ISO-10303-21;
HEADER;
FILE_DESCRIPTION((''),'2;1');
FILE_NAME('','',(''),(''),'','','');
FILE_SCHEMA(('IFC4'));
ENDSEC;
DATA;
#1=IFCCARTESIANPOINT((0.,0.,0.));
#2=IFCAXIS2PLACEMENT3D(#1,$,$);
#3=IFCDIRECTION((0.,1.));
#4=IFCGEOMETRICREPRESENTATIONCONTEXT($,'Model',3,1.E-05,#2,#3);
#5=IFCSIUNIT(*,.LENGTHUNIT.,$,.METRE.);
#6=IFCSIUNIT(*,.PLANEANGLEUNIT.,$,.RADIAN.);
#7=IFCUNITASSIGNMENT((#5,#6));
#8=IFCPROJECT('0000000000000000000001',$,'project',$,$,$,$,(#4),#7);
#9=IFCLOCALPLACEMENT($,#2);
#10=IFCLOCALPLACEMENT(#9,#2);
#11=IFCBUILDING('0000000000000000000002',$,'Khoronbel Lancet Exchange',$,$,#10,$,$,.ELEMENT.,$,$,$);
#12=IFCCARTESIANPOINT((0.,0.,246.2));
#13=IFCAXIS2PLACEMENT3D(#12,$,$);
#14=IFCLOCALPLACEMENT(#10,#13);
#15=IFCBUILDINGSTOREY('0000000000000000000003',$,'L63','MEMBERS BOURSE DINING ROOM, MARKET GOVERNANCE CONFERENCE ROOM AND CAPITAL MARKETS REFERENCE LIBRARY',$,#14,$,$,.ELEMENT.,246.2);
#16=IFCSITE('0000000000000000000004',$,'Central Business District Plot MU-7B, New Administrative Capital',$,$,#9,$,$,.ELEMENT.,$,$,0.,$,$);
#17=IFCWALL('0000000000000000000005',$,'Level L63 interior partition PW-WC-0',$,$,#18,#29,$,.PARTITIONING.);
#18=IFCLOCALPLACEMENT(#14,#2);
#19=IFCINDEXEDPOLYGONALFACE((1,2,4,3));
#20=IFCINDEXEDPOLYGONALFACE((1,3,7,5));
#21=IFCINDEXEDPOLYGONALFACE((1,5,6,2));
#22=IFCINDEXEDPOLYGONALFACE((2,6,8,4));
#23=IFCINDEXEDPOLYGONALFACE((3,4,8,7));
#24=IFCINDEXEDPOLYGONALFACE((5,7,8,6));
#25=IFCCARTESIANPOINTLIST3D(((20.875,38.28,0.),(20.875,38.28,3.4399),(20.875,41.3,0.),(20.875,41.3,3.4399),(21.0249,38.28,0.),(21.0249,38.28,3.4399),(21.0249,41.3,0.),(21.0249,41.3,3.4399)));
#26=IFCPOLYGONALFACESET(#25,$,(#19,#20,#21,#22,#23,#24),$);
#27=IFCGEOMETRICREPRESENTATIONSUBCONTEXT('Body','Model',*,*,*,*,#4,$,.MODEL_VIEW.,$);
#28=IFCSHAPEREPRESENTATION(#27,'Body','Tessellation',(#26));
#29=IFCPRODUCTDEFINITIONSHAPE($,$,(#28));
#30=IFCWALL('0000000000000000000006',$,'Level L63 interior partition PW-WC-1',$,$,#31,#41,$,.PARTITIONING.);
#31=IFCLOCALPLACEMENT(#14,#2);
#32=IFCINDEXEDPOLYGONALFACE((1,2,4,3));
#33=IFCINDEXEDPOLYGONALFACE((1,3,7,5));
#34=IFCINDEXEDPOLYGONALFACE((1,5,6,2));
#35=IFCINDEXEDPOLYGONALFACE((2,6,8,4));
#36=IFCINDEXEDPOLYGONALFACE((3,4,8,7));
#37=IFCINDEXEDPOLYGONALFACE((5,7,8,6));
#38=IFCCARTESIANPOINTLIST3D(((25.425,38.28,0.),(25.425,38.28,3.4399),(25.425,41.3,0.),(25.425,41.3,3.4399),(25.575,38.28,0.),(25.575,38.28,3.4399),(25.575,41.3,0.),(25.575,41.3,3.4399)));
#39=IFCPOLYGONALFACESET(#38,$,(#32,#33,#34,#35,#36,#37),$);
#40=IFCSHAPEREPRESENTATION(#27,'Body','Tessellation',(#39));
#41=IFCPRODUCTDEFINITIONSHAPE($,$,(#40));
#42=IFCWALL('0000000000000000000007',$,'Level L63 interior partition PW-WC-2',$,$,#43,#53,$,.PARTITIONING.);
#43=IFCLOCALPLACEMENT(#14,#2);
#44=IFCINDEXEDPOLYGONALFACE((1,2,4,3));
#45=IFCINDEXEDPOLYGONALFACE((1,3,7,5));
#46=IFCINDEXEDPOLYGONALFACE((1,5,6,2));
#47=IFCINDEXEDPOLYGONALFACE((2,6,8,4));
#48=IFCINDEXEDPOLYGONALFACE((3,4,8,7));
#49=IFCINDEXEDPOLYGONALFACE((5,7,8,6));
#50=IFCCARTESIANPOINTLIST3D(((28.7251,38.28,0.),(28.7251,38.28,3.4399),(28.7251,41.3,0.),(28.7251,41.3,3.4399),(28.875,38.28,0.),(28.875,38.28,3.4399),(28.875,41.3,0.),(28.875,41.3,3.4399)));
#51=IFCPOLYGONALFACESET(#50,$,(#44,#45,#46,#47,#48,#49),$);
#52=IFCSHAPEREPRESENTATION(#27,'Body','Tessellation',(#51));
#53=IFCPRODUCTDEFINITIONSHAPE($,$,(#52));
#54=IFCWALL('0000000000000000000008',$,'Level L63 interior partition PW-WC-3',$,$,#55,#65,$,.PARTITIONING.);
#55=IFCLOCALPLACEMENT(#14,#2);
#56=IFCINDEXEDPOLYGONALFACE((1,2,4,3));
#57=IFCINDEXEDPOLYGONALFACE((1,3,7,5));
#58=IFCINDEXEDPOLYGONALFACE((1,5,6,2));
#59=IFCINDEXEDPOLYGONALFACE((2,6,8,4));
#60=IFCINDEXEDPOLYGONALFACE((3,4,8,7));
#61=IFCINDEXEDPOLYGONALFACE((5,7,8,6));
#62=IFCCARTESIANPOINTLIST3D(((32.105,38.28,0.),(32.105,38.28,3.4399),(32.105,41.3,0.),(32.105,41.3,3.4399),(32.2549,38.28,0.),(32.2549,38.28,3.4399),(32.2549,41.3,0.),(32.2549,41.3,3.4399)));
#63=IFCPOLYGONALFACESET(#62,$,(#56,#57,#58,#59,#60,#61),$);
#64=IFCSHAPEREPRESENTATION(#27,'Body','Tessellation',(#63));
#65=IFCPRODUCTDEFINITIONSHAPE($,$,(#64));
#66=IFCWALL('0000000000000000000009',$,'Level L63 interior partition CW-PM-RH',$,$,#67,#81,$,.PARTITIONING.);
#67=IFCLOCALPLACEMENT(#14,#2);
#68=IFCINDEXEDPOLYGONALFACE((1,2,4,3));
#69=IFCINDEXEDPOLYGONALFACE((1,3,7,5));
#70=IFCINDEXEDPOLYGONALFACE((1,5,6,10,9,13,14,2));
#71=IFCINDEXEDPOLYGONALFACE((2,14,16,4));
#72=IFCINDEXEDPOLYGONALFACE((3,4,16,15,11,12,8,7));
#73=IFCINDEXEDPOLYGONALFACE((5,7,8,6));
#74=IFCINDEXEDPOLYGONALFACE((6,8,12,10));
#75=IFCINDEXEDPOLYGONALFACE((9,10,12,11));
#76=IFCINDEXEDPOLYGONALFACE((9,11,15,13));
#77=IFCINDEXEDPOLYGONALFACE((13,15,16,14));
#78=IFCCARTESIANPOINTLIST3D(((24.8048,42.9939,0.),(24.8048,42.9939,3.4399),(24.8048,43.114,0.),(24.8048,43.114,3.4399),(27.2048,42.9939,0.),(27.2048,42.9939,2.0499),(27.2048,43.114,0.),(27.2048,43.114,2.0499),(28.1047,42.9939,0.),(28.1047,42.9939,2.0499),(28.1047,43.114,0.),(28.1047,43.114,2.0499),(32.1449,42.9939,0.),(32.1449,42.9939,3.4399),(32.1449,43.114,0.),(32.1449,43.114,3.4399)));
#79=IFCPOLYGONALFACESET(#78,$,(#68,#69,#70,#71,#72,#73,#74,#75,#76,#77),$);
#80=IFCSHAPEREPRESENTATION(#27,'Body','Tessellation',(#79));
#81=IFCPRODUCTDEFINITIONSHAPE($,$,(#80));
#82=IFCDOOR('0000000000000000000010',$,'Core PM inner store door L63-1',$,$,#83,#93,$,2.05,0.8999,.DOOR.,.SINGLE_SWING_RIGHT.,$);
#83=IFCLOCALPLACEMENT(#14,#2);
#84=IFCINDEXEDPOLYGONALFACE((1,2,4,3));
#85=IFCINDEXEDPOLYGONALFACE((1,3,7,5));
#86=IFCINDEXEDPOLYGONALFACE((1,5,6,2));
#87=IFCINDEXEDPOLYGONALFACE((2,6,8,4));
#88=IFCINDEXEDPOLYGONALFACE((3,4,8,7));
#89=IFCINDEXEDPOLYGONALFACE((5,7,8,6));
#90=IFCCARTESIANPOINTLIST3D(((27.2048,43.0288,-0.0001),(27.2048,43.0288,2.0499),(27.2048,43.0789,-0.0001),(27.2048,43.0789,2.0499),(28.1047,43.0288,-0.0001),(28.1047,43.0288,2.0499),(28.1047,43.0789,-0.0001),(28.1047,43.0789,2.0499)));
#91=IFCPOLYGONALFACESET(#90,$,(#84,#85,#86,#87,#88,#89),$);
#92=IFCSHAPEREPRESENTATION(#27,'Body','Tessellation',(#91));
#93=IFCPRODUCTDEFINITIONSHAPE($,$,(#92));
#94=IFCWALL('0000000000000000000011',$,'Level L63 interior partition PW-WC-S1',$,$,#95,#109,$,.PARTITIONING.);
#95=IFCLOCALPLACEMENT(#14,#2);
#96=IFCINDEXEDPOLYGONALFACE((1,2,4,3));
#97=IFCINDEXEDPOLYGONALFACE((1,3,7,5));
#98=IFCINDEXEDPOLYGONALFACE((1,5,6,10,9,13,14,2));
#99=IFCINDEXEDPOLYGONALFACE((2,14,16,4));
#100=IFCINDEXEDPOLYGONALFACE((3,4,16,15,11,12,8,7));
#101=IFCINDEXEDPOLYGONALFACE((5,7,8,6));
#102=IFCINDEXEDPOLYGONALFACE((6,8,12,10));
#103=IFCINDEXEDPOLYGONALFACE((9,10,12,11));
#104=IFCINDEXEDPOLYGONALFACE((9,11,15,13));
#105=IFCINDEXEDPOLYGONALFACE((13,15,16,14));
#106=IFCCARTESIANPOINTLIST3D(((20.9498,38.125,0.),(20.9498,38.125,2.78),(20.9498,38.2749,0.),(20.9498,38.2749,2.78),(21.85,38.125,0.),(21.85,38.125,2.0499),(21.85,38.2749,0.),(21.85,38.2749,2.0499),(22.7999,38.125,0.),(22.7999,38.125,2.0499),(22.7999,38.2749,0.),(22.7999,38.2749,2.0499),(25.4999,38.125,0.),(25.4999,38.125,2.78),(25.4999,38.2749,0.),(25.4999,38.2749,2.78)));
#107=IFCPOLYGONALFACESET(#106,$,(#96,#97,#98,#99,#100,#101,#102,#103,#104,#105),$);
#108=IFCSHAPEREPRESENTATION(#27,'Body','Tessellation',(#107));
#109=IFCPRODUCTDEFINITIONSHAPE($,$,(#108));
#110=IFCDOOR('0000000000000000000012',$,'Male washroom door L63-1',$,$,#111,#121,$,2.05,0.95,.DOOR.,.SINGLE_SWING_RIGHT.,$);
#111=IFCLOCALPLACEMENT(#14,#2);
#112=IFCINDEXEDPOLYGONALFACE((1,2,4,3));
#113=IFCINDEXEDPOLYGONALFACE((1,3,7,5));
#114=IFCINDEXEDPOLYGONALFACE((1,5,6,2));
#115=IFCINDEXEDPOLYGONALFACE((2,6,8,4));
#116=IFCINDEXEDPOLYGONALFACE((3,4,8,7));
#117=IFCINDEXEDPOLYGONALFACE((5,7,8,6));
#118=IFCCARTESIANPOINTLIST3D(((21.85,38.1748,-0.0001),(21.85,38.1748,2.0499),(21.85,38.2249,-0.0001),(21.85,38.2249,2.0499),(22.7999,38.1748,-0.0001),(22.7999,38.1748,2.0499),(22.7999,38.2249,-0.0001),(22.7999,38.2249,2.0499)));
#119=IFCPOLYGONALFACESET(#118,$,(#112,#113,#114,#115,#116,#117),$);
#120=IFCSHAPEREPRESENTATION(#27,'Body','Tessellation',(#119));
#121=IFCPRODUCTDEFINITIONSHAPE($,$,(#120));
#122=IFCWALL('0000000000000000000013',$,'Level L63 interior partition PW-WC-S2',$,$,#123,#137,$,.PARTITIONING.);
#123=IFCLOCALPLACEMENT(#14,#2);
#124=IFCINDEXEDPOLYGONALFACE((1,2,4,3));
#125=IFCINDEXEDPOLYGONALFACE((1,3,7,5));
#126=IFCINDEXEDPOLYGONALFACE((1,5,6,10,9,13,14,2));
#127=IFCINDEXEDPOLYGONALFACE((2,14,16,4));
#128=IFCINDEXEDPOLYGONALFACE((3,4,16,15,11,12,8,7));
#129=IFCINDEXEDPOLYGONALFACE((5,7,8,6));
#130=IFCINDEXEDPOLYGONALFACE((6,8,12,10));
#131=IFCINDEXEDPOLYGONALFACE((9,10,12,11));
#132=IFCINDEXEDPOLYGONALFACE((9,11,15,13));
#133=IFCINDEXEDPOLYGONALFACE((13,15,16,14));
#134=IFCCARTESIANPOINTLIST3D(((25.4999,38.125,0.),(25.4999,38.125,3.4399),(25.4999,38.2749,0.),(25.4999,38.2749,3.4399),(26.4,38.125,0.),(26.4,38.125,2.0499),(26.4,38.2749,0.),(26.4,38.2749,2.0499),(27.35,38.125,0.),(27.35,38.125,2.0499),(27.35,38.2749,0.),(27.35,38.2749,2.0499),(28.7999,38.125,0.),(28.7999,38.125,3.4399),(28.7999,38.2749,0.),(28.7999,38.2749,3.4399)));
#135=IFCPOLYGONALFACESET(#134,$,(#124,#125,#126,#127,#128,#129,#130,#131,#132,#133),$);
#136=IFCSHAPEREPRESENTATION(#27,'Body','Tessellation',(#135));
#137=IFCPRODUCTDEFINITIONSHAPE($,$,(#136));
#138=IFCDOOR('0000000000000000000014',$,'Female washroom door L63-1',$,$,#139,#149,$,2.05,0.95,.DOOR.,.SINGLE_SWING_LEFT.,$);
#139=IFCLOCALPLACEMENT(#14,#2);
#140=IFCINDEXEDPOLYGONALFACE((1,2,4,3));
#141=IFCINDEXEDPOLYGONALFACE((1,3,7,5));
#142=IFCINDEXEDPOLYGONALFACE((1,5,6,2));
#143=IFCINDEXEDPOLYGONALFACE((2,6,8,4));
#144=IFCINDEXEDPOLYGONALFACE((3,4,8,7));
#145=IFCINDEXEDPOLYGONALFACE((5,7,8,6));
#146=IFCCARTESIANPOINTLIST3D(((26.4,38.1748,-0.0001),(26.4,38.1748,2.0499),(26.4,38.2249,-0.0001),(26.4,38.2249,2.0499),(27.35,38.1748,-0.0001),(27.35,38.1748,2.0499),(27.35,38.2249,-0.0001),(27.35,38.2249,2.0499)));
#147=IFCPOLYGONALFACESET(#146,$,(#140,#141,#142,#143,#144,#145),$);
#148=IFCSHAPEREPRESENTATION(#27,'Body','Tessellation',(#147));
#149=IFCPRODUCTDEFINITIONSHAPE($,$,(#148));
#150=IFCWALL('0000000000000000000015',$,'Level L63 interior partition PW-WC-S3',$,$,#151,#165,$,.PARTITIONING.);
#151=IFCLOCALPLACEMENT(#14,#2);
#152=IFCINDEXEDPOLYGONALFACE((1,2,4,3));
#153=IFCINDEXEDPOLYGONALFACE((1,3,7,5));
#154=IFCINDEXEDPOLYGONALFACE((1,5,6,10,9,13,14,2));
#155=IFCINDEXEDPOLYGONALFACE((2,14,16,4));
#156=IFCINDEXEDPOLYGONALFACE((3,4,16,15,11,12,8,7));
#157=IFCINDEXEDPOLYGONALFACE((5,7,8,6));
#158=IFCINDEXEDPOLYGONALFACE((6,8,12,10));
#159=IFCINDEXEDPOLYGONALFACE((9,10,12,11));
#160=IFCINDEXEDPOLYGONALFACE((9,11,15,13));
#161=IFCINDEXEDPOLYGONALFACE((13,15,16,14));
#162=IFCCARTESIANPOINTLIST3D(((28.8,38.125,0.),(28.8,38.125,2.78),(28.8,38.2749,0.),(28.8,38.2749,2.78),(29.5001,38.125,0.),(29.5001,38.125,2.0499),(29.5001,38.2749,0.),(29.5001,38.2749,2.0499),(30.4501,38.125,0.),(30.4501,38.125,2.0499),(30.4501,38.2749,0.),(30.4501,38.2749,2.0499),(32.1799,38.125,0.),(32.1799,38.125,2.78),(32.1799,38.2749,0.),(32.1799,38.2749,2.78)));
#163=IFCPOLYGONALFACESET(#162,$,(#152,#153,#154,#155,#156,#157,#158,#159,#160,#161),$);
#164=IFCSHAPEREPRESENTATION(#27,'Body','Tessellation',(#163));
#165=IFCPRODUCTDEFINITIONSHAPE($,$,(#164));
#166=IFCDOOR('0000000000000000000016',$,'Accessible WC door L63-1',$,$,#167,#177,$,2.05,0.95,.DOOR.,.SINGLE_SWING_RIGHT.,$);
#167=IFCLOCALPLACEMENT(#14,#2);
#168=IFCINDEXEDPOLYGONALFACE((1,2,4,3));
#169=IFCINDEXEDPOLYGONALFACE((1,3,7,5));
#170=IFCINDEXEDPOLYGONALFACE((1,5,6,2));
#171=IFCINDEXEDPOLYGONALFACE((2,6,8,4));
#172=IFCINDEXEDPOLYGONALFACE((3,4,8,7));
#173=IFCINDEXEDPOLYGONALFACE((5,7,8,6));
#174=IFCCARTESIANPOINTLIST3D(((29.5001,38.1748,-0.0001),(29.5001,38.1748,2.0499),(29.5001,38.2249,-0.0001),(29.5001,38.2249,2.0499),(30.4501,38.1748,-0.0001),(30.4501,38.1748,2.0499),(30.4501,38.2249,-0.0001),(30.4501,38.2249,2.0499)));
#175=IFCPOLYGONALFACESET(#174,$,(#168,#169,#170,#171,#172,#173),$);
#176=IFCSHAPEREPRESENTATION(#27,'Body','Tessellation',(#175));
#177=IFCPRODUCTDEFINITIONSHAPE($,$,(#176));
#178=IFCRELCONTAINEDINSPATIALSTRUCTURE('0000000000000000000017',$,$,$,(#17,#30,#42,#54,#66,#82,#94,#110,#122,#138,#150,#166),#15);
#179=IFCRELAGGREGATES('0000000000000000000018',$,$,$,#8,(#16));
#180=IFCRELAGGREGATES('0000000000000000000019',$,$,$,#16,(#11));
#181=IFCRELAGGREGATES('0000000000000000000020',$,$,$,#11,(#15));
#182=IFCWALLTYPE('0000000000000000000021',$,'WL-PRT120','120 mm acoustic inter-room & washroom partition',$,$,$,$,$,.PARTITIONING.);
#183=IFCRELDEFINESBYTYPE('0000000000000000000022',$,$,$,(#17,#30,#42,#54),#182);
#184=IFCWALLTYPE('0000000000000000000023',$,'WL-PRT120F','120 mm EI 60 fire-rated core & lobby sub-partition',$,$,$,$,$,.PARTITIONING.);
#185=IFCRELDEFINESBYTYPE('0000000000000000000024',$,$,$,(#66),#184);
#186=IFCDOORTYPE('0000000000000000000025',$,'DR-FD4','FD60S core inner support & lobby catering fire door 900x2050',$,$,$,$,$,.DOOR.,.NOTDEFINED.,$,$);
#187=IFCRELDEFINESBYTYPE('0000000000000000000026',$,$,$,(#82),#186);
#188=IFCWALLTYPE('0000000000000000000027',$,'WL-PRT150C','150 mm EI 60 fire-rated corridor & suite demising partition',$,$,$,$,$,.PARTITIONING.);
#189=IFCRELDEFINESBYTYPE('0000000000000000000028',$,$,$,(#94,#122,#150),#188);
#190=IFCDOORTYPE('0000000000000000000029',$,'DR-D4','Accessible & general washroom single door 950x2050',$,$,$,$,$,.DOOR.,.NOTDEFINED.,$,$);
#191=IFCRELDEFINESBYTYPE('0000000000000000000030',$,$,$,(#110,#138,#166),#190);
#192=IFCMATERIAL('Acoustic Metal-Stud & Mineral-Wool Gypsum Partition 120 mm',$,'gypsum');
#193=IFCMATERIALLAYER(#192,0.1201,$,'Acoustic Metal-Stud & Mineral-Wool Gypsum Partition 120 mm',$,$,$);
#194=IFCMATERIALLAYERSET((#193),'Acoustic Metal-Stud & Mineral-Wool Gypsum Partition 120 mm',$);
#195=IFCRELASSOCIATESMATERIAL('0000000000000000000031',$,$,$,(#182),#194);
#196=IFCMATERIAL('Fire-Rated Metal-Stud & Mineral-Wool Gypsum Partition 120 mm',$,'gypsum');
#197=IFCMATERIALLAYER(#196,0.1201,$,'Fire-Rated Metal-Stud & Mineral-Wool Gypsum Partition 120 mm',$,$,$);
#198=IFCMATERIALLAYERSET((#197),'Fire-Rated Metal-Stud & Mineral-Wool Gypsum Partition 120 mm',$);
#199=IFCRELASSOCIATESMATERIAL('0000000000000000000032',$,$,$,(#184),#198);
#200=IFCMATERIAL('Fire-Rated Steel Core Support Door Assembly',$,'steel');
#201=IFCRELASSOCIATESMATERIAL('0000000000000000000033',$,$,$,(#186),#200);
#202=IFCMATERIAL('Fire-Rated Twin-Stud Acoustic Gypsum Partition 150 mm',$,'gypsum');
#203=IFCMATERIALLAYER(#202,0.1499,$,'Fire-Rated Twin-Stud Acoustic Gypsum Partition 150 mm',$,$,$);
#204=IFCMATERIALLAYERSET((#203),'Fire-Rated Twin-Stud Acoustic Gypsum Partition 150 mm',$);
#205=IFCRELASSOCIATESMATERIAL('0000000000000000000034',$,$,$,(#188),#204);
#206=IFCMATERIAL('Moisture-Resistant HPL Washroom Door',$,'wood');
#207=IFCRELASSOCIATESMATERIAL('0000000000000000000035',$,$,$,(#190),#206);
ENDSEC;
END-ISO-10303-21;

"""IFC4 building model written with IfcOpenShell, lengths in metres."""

from ifc_helpers import new_model, si_unit, direction, frame, frame_2d, origin, place, context, subcontext, project, spatial, rectangle, extrude, material, layer, layer_set, type_object, element, fill, save


model = new_model("IFC4")

# Units and contexts
model_context = context("Model", 3, precision=1e-05, world=origin(), true_north=direction((0.0, 1.0)))
body_context = subcontext(model_context, "Body", "Model", "MODEL_VIEW")
ifc_project = project(units=[si_unit("LENGTHUNIT", "METRE"), si_unit("PLANEANGLEUNIT", "RADIAN")], contexts=[model_context])

# Site, building, storey
site_placement = place(None, origin())
site = spatial("IfcSite", under=ifc_project, at=site_placement, Name="Central Business District Plot MU-7B, New Administrative Capital", CompositionType="ELEMENT", RefElevation=0.0)
building_placement = place(site_placement, origin())
building = spatial("IfcBuilding", under=site, at=building_placement, Name="Khoronbel Lancet Exchange", CompositionType="ELEMENT")
storey_placement = place(building_placement, frame((0.0, 0.0, 246.2)))
storey = spatial("IfcBuildingStorey", under=building, at=storey_placement, Name="L63", Description="MEMBERS BOURSE DINING ROOM, MARKET GOVERNANCE CONFERENCE ROOM AND CAPITAL MARKETS REFERENCE LIBRARY", CompositionType="ELEMENT", Elevation=246.2)

# Walls
ifc_material_1 = material(Name="Acoustic Metal-Stud & Mineral-Wool Gypsum Partition 120 mm", Category="gypsum")
ifc_layer_1 = layer(ifc_material_1, 0.1201, Name="Acoustic Metal-Stud & Mineral-Wool Gypsum Partition 120 mm")
ifc_layer_set_1 = layer_set([ifc_layer_1], Name="Acoustic Metal-Stud & Mineral-Wool Gypsum Partition 120 mm")
wall_type_1 = type_object("IfcWallType", Name="WL-PRT120", Description="120 mm acoustic inter-room & washroom partition", PredefinedType="PARTITIONING", material=ifc_layer_set_1)
for number, where, z_axis, x_axis, name in (
    (1, (20.95, 38.28, 0.0), (0.0, 0.0, 1.0), (0.0, 1.0, 0.0), "Level L63 interior partition PW-WC-0"),
    (2, (25.5, 38.28, 0.0), (0.0, 0.0, 1.0), (0.0, 1.0, 0.0), "Level L63 interior partition PW-WC-1"),
    (3, (28.8, 38.28, 0.0), (0.0, 0.0, 1.0), (0.0, 1.0, 0.0), "Level L63 interior partition PW-WC-2"),
    (4, (32.1799, 38.28, 0.0), (0.0, 0.0, 1.0), (0.0, 1.0, 0.0), "Level L63 interior partition PW-WC-3"),
):
    element("IfcWall", number, at=place(storey_placement, frame(where, z_axis=z_axis, x_axis=x_axis)), inside=storey, type_object=wall_type_1, Name=name, PredefinedType="PARTITIONING", context=body_context, shape_type="SweptSolid", body=[
        extrude(rectangle(XDim=3.02, YDim=0.1499, at=frame_2d((1.51, 0.0))), origin(), (0.0, 0.0, 1.0), 3.4399),
    ])

# Walls, openings, doors
ifc_material_2 = material(Name="Fire-Rated Metal-Stud & Mineral-Wool Gypsum Partition 120 mm", Category="gypsum")
ifc_layer_2 = layer(ifc_material_2, 0.1201, Name="Fire-Rated Metal-Stud & Mineral-Wool Gypsum Partition 120 mm")
ifc_layer_set_2 = layer_set([ifc_layer_2], Name="Fire-Rated Metal-Stud & Mineral-Wool Gypsum Partition 120 mm")
wall_type_2 = type_object("IfcWallType", Name="WL-PRT120F", Description="120 mm EI 60 fire-rated core & lobby sub-partition", PredefinedType="PARTITIONING", material=ifc_layer_set_2)
wall_1_placement = place(storey_placement, frame((24.8049, 43.054, 0.0), z_axis=(0.0, 0.0, 1.0), x_axis=(1.0, 0.0, 0.0)))
wall_1 = element("IfcWall", 5, at=wall_1_placement, inside=storey, type_object=wall_type_2, Name="Level L63 interior partition CW-PM-RH", PredefinedType="PARTITIONING", context=body_context, shape_type="SweptSolid", body=[
    extrude(rectangle(XDim=7.3401, YDim=0.1201, at=frame_2d((3.6699, 0.0))), origin(), (0.0, 0.0, 1.0), 3.4399),
])
opening_1_placement = place(wall_1_placement, frame((2.3999, 0.0, 0.0)))
opening_1 = element("IfcOpeningElement", 6, at=opening_1_placement, cuts=wall_1, PredefinedType="OPENING", context=body_context, shape_type="SweptSolid", body=[
    extrude(rectangle(XDim=0.8999, YDim=2.05, at=frame_2d((0.45, 1.0249))), frame((0.0, 0.0701, 0.0), z_axis=(0.0, -1.0, 0.0), x_axis=(1.0, 0.0, 0.0)), (0.0, 0.0, 1.0), 0.1401),
])
ifc_material_3 = material(Name="Fire-Rated Steel Core Support Door Assembly", Category="steel")
door_type_1 = type_object("IfcDoorType", Name="DR-FD4", Description="FD60S core inner support & lobby catering fire door 900x2050", OperationType="NOTDEFINED", PredefinedType="DOOR", material=ifc_material_3)
door_1_placement = place(opening_1_placement, origin())
door_1 = element("IfcDoor", 7, at=door_1_placement, inside=storey, type_object=door_type_1, Name="Core PM inner store door L63-1", OperationType="SINGLE_SWING_RIGHT", OverallHeight=2.05, OverallWidth=0.8999, PredefinedType="DOOR", context=body_context, shape_type="SweptSolid", body=[
    extrude(rectangle(XDim=0.8999, YDim=2.05, at=frame_2d((0.45, 1.0249))), frame((0.0, 0.0249, 0.0), z_axis=(0.0, -1.0, 0.0), x_axis=(1.0, 0.0, 0.0)), (0.0, 0.0, 1.0), 0.05),
])
fill(opening_1, door_1)
ifc_material_4 = material(Name="Fire-Rated Twin-Stud Acoustic Gypsum Partition 150 mm", Category="gypsum")
ifc_layer_3 = layer(ifc_material_4, 0.1499, Name="Fire-Rated Twin-Stud Acoustic Gypsum Partition 150 mm")
ifc_layer_set_3 = layer_set([ifc_layer_3], Name="Fire-Rated Twin-Stud Acoustic Gypsum Partition 150 mm")
wall_type_3 = type_object("IfcWallType", Name="WL-PRT150C", Description="150 mm EI 60 fire-rated corridor & suite demising partition", PredefinedType="PARTITIONING", material=ifc_layer_set_3)
wall_2_placement = place(storey_placement, frame((20.95, 38.2, 0.0), z_axis=(0.0, 0.0, 1.0), x_axis=(1.0, 0.0, 0.0)))
wall_2 = element("IfcWall", 8, at=wall_2_placement, inside=storey, type_object=wall_type_3, Name="Level L63 interior partition PW-WC-S1", PredefinedType="PARTITIONING", context=body_context, shape_type="SweptSolid", body=[
    extrude(rectangle(XDim=4.55, YDim=0.1499, at=frame_2d((2.2749, 0.0))), origin(), (0.0, 0.0, 1.0), 2.78),
])
opening_2_placement = place(wall_2_placement, frame((0.8999, 0.0, 0.0)))
opening_2 = element("IfcOpeningElement", 9, at=opening_2_placement, cuts=wall_2, PredefinedType="OPENING", context=body_context, shape_type="SweptSolid", body=[
    extrude(rectangle(XDim=0.95, YDim=2.05, at=frame_2d((0.4751, 1.0249))), frame((0.0, 0.085, 0.0), z_axis=(0.0, -1.0, 0.0), x_axis=(1.0, 0.0, 0.0)), (0.0, 0.0, 1.0), 0.1699),
])
ifc_material_5 = material(Name="Moisture-Resistant HPL Washroom Door", Category="wood")
door_type_2 = type_object("IfcDoorType", Name="DR-D4", Description="Accessible & general washroom single door 950x2050", OperationType="NOTDEFINED", PredefinedType="DOOR", material=ifc_material_5)
door_2_placement = place(opening_2_placement, origin())
door_2 = element("IfcDoor", 10, at=door_2_placement, inside=storey, type_object=door_type_2, Name="Male washroom door L63-1", OperationType="SINGLE_SWING_RIGHT", OverallHeight=2.05, OverallWidth=0.95, PredefinedType="DOOR", context=body_context, shape_type="SweptSolid", body=[
    extrude(rectangle(XDim=0.95, YDim=2.05, at=frame_2d((0.4751, 1.0249))), frame((0.0, 0.0249, 0.0), z_axis=(0.0, -1.0, 0.0), x_axis=(1.0, 0.0, 0.0)), (0.0, 0.0, 1.0), 0.05),
])
fill(opening_2, door_2)
wall_3_placement = place(storey_placement, frame((25.5, 38.2, 0.0), z_axis=(0.0, 0.0, 1.0), x_axis=(1.0, 0.0, 0.0)))
wall_3 = element("IfcWall", 11, at=wall_3_placement, inside=storey, type_object=wall_type_3, Name="Level L63 interior partition PW-WC-S2", PredefinedType="PARTITIONING", context=body_context, shape_type="SweptSolid", body=[
    extrude(rectangle(XDim=3.3, YDim=0.1499, at=frame_2d((1.6499, 0.0))), origin(), (0.0, 0.0, 1.0), 3.4399),
])
opening_3_placement = place(wall_3_placement, frame((0.8999, 0.0, 0.0)))
opening_3 = element("IfcOpeningElement", 12, at=opening_3_placement, cuts=wall_3, PredefinedType="OPENING", context=body_context, shape_type="SweptSolid", body=[
    extrude(rectangle(XDim=0.95, YDim=2.05, at=frame_2d((0.4751, 1.0249))), frame((0.0, 0.085, 0.0), z_axis=(0.0, -1.0, 0.0), x_axis=(1.0, 0.0, 0.0)), (0.0, 0.0, 1.0), 0.1699),
])
door_3_placement = place(opening_3_placement, origin())
door_3 = element("IfcDoor", 13, at=door_3_placement, inside=storey, type_object=door_type_2, Name="Female washroom door L63-1", OperationType="SINGLE_SWING_LEFT", OverallHeight=2.05, OverallWidth=0.95, PredefinedType="DOOR", context=body_context, shape_type="SweptSolid", body=[
    extrude(rectangle(XDim=0.95, YDim=2.05, at=frame_2d((0.4751, 1.0249))), frame((0.0, 0.0249, 0.0), z_axis=(0.0, -1.0, 0.0), x_axis=(1.0, 0.0, 0.0)), (0.0, 0.0, 1.0), 0.05),
])
fill(opening_3, door_3)
wall_4_placement = place(storey_placement, frame((28.8, 38.2, 0.0), z_axis=(0.0, 0.0, 1.0), x_axis=(1.0, 0.0, 0.0)))
wall_4 = element("IfcWall", 14, at=wall_4_placement, inside=storey, type_object=wall_type_3, Name="Level L63 interior partition PW-WC-S3", PredefinedType="PARTITIONING", context=body_context, shape_type="SweptSolid", body=[
    extrude(rectangle(XDim=3.3799, YDim=0.1499, at=frame_2d((1.6899, 0.0))), origin(), (0.0, 0.0, 1.0), 2.78),
])
opening_4_placement = place(wall_4_placement, frame((0.7, 0.0, 0.0)))
opening_4 = element("IfcOpeningElement", 15, at=opening_4_placement, cuts=wall_4, PredefinedType="OPENING", context=body_context, shape_type="SweptSolid", body=[
    extrude(rectangle(XDim=0.95, YDim=2.05, at=frame_2d((0.4751, 1.0249))), frame((0.0, 0.085, 0.0), z_axis=(0.0, -1.0, 0.0), x_axis=(1.0, 0.0, 0.0)), (0.0, 0.0, 1.0), 0.1699),
])
door_4_placement = place(opening_4_placement, origin())
door_4 = element("IfcDoor", 16, at=door_4_placement, inside=storey, type_object=door_type_2, Name="Accessible WC door L63-1", OperationType="SINGLE_SWING_RIGHT", OverallHeight=2.05, OverallWidth=0.95, PredefinedType="DOOR", context=body_context, shape_type="SweptSolid", body=[
    extrude(rectangle(XDim=0.95, YDim=2.05, at=frame_2d((0.4751, 1.0249))), frame((0.0, 0.0249, 0.0), z_axis=(0.0, -1.0, 0.0), x_axis=(1.0, 0.0, 0.0)), (0.0, 0.0, 1.0), 0.05),
])
fill(opening_4, door_4)

save(model, "model.ifc")
